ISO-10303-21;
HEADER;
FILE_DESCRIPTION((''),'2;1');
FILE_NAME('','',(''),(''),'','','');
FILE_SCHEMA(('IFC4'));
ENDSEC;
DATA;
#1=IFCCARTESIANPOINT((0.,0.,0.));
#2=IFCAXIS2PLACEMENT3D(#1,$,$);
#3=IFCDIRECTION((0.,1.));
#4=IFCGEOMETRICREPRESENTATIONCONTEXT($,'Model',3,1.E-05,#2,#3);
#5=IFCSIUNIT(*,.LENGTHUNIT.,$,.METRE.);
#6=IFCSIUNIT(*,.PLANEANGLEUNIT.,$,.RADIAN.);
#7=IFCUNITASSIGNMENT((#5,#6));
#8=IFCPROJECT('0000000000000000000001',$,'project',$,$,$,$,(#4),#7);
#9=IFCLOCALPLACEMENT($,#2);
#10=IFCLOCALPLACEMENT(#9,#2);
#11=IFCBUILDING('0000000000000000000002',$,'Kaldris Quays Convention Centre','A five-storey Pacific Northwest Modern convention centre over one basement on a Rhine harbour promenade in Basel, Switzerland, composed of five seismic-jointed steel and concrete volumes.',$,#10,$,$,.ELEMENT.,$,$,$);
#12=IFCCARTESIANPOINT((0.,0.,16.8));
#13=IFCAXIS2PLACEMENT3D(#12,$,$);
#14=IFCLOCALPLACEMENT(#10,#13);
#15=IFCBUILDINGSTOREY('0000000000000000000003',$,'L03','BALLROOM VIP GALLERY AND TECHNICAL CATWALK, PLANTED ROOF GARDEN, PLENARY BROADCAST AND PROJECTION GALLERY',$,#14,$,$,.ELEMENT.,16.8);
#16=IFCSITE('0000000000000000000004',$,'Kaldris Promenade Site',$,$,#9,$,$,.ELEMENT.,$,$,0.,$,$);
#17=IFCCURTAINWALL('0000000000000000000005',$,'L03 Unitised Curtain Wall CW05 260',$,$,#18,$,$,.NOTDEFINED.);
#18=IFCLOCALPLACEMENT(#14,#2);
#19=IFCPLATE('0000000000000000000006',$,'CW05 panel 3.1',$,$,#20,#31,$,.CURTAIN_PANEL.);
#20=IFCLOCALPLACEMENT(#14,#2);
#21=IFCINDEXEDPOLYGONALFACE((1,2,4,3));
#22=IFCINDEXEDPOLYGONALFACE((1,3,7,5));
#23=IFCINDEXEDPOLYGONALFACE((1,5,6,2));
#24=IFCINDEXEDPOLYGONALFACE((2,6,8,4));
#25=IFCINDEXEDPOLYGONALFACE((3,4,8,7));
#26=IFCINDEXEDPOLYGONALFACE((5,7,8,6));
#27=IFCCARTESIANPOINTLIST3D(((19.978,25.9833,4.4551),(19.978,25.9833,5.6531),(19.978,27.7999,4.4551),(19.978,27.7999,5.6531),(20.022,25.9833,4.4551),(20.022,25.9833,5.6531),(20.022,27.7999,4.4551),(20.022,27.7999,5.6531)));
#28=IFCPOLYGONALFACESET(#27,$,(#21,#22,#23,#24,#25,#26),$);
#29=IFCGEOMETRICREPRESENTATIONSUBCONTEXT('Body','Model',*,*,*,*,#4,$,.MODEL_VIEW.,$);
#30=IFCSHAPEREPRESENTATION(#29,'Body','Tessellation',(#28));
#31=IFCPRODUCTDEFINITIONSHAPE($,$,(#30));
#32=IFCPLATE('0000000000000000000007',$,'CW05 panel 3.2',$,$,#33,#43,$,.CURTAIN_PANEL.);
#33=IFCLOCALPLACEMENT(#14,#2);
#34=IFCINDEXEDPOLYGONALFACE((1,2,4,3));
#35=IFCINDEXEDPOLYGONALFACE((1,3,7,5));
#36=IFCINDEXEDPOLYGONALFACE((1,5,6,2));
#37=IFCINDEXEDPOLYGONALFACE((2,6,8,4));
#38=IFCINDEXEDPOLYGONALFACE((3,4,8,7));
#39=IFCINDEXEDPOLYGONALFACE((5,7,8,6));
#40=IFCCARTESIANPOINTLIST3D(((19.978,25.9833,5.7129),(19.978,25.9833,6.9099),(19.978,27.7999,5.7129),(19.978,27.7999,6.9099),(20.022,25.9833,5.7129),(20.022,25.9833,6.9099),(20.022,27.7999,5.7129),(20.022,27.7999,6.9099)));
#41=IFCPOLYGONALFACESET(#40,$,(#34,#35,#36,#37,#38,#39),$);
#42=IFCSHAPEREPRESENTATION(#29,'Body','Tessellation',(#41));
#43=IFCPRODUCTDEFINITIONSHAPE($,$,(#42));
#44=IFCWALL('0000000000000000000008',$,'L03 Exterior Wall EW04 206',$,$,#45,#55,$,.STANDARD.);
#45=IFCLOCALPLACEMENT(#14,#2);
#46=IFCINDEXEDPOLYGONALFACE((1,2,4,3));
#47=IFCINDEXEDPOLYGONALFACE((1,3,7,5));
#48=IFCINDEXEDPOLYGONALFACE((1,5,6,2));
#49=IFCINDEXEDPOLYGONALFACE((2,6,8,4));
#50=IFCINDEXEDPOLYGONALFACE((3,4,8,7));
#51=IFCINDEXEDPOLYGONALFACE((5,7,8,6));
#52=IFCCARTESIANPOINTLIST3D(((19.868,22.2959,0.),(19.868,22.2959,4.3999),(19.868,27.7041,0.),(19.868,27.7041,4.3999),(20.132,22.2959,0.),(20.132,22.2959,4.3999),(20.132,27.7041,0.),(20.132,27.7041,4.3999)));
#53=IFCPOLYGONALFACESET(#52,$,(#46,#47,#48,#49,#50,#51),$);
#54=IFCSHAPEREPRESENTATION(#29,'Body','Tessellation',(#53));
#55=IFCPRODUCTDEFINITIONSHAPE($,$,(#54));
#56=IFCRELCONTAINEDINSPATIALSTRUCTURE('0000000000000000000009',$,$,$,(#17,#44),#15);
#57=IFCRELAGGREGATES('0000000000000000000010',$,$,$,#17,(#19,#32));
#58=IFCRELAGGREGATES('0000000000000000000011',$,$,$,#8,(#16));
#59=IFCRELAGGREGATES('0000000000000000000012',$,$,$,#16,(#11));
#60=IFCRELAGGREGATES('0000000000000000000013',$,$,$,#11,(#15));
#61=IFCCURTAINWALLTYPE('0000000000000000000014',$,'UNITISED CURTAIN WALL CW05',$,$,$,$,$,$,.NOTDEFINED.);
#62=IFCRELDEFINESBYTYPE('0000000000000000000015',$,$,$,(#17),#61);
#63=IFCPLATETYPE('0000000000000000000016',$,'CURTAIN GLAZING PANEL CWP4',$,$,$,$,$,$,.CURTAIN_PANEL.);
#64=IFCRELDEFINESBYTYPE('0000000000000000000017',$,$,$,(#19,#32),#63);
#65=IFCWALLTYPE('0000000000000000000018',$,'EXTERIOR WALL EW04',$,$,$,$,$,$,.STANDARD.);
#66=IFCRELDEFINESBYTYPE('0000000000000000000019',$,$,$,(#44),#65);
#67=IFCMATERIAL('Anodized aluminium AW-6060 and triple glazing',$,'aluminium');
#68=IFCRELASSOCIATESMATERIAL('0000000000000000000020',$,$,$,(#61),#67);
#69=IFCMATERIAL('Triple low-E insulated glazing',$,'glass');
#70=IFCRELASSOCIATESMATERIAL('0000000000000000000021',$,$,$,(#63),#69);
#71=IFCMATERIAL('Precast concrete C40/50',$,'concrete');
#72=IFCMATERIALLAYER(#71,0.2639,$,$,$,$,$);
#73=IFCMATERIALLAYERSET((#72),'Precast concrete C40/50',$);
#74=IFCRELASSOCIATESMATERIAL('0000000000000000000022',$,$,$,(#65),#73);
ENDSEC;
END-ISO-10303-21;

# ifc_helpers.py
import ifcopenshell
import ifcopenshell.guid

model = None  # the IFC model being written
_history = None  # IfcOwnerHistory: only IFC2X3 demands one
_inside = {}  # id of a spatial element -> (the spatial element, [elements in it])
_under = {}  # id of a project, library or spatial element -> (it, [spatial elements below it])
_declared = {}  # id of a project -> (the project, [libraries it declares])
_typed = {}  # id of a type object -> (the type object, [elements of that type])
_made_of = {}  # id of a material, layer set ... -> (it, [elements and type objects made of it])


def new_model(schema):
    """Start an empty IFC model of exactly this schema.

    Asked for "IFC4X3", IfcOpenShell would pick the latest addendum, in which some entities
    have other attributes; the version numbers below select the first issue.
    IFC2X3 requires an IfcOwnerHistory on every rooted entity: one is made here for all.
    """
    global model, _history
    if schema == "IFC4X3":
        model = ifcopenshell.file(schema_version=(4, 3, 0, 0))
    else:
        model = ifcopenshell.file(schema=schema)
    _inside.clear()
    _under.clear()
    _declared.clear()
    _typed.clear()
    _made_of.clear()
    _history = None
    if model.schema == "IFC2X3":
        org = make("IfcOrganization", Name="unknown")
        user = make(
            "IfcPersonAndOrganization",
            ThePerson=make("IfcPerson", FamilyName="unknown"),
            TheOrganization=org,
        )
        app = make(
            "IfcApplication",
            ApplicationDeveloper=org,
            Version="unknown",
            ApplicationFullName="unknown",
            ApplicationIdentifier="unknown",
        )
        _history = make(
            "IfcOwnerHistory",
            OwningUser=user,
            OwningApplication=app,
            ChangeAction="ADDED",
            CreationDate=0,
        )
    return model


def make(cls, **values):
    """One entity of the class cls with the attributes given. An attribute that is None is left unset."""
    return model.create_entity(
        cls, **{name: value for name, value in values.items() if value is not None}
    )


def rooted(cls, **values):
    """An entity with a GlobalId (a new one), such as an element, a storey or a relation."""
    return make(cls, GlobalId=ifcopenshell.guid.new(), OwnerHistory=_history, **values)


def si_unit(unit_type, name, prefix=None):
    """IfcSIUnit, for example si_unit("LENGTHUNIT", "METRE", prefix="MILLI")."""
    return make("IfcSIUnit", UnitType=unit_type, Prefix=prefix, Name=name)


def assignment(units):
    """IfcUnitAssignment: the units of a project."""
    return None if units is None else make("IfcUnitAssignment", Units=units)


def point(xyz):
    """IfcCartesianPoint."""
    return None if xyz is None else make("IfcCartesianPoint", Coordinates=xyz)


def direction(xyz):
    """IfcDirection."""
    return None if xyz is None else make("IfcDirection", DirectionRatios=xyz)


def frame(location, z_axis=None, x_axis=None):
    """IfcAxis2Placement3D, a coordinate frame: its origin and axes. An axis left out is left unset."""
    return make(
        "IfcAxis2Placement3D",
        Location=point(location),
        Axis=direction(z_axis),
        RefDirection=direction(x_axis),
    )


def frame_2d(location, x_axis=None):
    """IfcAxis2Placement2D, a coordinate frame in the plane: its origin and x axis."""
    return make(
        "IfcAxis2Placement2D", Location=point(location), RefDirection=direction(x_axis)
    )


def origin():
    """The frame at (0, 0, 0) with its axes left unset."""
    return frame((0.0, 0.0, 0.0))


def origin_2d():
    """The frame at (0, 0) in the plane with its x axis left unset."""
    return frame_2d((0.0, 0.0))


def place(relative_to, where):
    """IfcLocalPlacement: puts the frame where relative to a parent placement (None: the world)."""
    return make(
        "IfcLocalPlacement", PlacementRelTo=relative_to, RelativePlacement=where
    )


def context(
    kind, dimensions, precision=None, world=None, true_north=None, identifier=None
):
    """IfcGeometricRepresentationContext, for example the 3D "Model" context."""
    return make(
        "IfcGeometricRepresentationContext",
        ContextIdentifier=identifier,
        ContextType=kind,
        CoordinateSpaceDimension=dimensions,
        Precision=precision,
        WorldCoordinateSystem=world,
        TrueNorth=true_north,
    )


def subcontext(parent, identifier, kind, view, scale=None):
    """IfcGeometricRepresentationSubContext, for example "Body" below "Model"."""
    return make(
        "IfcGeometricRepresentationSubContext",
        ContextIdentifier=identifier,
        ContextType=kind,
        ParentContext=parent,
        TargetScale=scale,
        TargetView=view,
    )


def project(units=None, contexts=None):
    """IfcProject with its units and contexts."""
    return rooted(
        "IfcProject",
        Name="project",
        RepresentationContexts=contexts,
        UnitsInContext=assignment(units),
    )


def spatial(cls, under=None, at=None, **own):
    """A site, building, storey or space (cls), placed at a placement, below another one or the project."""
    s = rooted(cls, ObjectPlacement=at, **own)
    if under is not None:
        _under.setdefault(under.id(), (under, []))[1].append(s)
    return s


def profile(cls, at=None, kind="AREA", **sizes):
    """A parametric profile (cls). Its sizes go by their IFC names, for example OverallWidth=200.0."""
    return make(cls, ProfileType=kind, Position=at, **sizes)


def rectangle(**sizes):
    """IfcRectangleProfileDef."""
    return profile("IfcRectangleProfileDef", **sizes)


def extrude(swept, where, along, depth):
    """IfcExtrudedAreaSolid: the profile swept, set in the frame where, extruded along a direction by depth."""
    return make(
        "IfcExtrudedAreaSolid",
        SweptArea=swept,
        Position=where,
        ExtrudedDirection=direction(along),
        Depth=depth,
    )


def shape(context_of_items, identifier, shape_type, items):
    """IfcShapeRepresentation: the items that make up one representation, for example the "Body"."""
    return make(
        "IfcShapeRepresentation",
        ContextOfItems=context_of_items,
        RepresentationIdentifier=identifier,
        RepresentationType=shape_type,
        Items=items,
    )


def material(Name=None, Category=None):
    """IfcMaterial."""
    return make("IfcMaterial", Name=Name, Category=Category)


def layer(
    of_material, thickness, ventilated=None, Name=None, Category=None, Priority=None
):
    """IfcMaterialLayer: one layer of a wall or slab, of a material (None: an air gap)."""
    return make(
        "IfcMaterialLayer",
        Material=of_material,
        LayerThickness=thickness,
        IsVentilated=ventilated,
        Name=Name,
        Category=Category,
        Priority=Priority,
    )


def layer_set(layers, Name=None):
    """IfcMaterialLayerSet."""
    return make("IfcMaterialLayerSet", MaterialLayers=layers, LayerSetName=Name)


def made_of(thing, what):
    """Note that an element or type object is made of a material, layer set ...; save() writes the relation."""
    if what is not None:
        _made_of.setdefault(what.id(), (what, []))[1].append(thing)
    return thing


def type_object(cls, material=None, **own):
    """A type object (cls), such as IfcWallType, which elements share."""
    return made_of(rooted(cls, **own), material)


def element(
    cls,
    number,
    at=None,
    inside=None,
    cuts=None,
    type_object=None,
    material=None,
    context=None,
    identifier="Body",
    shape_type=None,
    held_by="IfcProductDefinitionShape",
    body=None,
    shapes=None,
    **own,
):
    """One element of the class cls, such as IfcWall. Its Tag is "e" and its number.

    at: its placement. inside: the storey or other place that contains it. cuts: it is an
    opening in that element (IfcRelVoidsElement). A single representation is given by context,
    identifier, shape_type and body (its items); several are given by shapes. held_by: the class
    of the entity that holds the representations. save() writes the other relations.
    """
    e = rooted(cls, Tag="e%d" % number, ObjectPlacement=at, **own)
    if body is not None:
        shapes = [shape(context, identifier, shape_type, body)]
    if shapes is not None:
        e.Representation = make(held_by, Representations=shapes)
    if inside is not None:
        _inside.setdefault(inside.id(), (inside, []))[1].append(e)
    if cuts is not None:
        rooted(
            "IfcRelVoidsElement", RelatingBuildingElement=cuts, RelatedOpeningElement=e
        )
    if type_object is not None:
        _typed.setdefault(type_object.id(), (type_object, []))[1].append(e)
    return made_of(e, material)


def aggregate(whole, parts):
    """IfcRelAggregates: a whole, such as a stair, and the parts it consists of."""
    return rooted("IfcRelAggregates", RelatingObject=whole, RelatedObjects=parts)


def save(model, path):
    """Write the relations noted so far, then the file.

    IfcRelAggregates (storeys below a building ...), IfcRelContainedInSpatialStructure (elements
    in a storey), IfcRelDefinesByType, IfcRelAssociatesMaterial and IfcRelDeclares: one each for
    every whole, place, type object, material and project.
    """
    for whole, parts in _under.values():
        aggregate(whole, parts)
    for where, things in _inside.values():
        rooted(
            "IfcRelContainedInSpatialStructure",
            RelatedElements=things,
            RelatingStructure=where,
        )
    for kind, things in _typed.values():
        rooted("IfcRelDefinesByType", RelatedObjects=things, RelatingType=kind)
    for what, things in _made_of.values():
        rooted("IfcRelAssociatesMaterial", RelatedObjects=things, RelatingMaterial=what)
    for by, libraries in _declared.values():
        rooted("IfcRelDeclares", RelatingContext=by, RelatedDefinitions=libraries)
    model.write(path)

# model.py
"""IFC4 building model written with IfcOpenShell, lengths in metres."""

from ifc_helpers import new_model, si_unit, direction, frame, frame_2d, origin, origin_2d, place, context, subcontext, project, spatial, rectangle, extrude, material, layer, layer_set, type_object, element, aggregate, save


model = new_model("IFC4")

# Units and contexts
model_context = context("Model", 3, precision=1e-05, world=origin(), true_north=direction((0.0, 1.0)))
body_context = subcontext(model_context, "Body", "Model", "MODEL_VIEW")
ifc_project = project(units=[si_unit("LENGTHUNIT", "METRE"), si_unit("PLANEANGLEUNIT", "RADIAN")], contexts=[model_context])

# Site, building, storey
site_placement = place(None, origin())
site = spatial("IfcSite", under=ifc_project, at=site_placement, Name="Kaldris Promenade Site", CompositionType="ELEMENT", RefElevation=0.0)
building_placement = place(site_placement, origin())
building = spatial("IfcBuilding", under=site, at=building_placement, Name="Kaldris Quays Convention Centre", Description="A five-storey Pacific Northwest Modern convention centre over one basement on a Rhine harbour promenade in Basel, Switzerland, composed of five seismic-jointed steel and concrete volumes.", CompositionType="ELEMENT")
storey_placement = place(building_placement, frame((0.0, 0.0, 16.8)))
storey = spatial("IfcBuildingStorey", under=building, at=storey_placement, Name="L03", Description="BALLROOM VIP GALLERY AND TECHNICAL CATWALK, PLANTED ROOF GARDEN, PLENARY BROADCAST AND PROJECTION GALLERY", CompositionType="ELEMENT", Elevation=16.8)

# Curtain wall
ifc_material_1 = material(Name="Anodized aluminium AW-6060 and triple glazing", Category="aluminium")
curtain_wall_type = type_object("IfcCurtainWallType", Name="UNITISED CURTAIN WALL CW05", PredefinedType="NOTDEFINED", material=ifc_material_1)
curtain_wall_placement = place(storey_placement, origin())
curtain_wall = element("IfcCurtainWall", 1, at=curtain_wall_placement, inside=storey, type_object=curtain_wall_type, Name="L03 Unitised Curtain Wall CW05 260", PredefinedType="NOTDEFINED")

# Plates
ifc_material_2 = material(Name="Triple low-E insulated glazing", Category="glass")
plate_type = type_object("IfcPlateType", Name="CURTAIN GLAZING PANEL CWP4", PredefinedType="CURTAIN_PANEL", material=ifc_material_2)
plate_1_placement = place(storey_placement, frame((20.0, 26.8916, 4.4551), z_axis=(0.0, 0.0, 1.0), x_axis=(0.0, 1.0, 0.0)))
plate_1 = element("IfcPlate", 2, at=plate_1_placement, type_object=plate_type, Name="CW05 panel 3.1", PredefinedType="CURTAIN_PANEL", context=body_context, shape_type="SweptSolid", body=[
    extrude(rectangle(XDim=1.8167, YDim=0.0439, at=origin_2d()), origin(), (0.0, 0.0, 1.0), 1.198),
])
plate_2_placement = place(storey_placement, frame((20.0, 26.8916, 5.7129), z_axis=(0.0, 0.0, 1.0), x_axis=(0.0, 1.0, 0.0)))
plate_2 = element("IfcPlate", 3, at=plate_2_placement, type_object=plate_type, Name="CW05 panel 3.2", PredefinedType="CURTAIN_PANEL", context=body_context, shape_type="SweptSolid", body=[
    extrude(rectangle(XDim=1.8167, YDim=0.0439, at=origin_2d()), origin(), (0.0, 0.0, 1.0), 1.197),
])
aggregate(curtain_wall, [plate_1, plate_2])

# Wall
ifc_material_3 = material(Name="Precast concrete C40/50", Category="concrete")
ifc_layer = layer(ifc_material_3, 0.2639)
ifc_layer_set = layer_set([ifc_layer], Name="Precast concrete C40/50")
wall_type = type_object("IfcWallType", Name="EXTERIOR WALL EW04", PredefinedType="STANDARD", material=ifc_layer_set)
wall_placement = place(storey_placement, frame((20.0, 22.2959, 0.0), z_axis=(0.0, 0.0, 1.0), x_axis=(0.0, 1.0, 0.0)))
element("IfcWall", 4, at=wall_placement, inside=storey, type_object=wall_type, Name="L03 Exterior Wall EW04 206", PredefinedType="STANDARD", context=body_context, shape_type="SweptSolid", body=[
    extrude(rectangle(XDim=5.4082, YDim=0.2639, at=frame_2d((2.7041, 0.0))), origin(), (0.0, 0.0, 1.0), 4.3999),
])

save(model, "model.ifc")
